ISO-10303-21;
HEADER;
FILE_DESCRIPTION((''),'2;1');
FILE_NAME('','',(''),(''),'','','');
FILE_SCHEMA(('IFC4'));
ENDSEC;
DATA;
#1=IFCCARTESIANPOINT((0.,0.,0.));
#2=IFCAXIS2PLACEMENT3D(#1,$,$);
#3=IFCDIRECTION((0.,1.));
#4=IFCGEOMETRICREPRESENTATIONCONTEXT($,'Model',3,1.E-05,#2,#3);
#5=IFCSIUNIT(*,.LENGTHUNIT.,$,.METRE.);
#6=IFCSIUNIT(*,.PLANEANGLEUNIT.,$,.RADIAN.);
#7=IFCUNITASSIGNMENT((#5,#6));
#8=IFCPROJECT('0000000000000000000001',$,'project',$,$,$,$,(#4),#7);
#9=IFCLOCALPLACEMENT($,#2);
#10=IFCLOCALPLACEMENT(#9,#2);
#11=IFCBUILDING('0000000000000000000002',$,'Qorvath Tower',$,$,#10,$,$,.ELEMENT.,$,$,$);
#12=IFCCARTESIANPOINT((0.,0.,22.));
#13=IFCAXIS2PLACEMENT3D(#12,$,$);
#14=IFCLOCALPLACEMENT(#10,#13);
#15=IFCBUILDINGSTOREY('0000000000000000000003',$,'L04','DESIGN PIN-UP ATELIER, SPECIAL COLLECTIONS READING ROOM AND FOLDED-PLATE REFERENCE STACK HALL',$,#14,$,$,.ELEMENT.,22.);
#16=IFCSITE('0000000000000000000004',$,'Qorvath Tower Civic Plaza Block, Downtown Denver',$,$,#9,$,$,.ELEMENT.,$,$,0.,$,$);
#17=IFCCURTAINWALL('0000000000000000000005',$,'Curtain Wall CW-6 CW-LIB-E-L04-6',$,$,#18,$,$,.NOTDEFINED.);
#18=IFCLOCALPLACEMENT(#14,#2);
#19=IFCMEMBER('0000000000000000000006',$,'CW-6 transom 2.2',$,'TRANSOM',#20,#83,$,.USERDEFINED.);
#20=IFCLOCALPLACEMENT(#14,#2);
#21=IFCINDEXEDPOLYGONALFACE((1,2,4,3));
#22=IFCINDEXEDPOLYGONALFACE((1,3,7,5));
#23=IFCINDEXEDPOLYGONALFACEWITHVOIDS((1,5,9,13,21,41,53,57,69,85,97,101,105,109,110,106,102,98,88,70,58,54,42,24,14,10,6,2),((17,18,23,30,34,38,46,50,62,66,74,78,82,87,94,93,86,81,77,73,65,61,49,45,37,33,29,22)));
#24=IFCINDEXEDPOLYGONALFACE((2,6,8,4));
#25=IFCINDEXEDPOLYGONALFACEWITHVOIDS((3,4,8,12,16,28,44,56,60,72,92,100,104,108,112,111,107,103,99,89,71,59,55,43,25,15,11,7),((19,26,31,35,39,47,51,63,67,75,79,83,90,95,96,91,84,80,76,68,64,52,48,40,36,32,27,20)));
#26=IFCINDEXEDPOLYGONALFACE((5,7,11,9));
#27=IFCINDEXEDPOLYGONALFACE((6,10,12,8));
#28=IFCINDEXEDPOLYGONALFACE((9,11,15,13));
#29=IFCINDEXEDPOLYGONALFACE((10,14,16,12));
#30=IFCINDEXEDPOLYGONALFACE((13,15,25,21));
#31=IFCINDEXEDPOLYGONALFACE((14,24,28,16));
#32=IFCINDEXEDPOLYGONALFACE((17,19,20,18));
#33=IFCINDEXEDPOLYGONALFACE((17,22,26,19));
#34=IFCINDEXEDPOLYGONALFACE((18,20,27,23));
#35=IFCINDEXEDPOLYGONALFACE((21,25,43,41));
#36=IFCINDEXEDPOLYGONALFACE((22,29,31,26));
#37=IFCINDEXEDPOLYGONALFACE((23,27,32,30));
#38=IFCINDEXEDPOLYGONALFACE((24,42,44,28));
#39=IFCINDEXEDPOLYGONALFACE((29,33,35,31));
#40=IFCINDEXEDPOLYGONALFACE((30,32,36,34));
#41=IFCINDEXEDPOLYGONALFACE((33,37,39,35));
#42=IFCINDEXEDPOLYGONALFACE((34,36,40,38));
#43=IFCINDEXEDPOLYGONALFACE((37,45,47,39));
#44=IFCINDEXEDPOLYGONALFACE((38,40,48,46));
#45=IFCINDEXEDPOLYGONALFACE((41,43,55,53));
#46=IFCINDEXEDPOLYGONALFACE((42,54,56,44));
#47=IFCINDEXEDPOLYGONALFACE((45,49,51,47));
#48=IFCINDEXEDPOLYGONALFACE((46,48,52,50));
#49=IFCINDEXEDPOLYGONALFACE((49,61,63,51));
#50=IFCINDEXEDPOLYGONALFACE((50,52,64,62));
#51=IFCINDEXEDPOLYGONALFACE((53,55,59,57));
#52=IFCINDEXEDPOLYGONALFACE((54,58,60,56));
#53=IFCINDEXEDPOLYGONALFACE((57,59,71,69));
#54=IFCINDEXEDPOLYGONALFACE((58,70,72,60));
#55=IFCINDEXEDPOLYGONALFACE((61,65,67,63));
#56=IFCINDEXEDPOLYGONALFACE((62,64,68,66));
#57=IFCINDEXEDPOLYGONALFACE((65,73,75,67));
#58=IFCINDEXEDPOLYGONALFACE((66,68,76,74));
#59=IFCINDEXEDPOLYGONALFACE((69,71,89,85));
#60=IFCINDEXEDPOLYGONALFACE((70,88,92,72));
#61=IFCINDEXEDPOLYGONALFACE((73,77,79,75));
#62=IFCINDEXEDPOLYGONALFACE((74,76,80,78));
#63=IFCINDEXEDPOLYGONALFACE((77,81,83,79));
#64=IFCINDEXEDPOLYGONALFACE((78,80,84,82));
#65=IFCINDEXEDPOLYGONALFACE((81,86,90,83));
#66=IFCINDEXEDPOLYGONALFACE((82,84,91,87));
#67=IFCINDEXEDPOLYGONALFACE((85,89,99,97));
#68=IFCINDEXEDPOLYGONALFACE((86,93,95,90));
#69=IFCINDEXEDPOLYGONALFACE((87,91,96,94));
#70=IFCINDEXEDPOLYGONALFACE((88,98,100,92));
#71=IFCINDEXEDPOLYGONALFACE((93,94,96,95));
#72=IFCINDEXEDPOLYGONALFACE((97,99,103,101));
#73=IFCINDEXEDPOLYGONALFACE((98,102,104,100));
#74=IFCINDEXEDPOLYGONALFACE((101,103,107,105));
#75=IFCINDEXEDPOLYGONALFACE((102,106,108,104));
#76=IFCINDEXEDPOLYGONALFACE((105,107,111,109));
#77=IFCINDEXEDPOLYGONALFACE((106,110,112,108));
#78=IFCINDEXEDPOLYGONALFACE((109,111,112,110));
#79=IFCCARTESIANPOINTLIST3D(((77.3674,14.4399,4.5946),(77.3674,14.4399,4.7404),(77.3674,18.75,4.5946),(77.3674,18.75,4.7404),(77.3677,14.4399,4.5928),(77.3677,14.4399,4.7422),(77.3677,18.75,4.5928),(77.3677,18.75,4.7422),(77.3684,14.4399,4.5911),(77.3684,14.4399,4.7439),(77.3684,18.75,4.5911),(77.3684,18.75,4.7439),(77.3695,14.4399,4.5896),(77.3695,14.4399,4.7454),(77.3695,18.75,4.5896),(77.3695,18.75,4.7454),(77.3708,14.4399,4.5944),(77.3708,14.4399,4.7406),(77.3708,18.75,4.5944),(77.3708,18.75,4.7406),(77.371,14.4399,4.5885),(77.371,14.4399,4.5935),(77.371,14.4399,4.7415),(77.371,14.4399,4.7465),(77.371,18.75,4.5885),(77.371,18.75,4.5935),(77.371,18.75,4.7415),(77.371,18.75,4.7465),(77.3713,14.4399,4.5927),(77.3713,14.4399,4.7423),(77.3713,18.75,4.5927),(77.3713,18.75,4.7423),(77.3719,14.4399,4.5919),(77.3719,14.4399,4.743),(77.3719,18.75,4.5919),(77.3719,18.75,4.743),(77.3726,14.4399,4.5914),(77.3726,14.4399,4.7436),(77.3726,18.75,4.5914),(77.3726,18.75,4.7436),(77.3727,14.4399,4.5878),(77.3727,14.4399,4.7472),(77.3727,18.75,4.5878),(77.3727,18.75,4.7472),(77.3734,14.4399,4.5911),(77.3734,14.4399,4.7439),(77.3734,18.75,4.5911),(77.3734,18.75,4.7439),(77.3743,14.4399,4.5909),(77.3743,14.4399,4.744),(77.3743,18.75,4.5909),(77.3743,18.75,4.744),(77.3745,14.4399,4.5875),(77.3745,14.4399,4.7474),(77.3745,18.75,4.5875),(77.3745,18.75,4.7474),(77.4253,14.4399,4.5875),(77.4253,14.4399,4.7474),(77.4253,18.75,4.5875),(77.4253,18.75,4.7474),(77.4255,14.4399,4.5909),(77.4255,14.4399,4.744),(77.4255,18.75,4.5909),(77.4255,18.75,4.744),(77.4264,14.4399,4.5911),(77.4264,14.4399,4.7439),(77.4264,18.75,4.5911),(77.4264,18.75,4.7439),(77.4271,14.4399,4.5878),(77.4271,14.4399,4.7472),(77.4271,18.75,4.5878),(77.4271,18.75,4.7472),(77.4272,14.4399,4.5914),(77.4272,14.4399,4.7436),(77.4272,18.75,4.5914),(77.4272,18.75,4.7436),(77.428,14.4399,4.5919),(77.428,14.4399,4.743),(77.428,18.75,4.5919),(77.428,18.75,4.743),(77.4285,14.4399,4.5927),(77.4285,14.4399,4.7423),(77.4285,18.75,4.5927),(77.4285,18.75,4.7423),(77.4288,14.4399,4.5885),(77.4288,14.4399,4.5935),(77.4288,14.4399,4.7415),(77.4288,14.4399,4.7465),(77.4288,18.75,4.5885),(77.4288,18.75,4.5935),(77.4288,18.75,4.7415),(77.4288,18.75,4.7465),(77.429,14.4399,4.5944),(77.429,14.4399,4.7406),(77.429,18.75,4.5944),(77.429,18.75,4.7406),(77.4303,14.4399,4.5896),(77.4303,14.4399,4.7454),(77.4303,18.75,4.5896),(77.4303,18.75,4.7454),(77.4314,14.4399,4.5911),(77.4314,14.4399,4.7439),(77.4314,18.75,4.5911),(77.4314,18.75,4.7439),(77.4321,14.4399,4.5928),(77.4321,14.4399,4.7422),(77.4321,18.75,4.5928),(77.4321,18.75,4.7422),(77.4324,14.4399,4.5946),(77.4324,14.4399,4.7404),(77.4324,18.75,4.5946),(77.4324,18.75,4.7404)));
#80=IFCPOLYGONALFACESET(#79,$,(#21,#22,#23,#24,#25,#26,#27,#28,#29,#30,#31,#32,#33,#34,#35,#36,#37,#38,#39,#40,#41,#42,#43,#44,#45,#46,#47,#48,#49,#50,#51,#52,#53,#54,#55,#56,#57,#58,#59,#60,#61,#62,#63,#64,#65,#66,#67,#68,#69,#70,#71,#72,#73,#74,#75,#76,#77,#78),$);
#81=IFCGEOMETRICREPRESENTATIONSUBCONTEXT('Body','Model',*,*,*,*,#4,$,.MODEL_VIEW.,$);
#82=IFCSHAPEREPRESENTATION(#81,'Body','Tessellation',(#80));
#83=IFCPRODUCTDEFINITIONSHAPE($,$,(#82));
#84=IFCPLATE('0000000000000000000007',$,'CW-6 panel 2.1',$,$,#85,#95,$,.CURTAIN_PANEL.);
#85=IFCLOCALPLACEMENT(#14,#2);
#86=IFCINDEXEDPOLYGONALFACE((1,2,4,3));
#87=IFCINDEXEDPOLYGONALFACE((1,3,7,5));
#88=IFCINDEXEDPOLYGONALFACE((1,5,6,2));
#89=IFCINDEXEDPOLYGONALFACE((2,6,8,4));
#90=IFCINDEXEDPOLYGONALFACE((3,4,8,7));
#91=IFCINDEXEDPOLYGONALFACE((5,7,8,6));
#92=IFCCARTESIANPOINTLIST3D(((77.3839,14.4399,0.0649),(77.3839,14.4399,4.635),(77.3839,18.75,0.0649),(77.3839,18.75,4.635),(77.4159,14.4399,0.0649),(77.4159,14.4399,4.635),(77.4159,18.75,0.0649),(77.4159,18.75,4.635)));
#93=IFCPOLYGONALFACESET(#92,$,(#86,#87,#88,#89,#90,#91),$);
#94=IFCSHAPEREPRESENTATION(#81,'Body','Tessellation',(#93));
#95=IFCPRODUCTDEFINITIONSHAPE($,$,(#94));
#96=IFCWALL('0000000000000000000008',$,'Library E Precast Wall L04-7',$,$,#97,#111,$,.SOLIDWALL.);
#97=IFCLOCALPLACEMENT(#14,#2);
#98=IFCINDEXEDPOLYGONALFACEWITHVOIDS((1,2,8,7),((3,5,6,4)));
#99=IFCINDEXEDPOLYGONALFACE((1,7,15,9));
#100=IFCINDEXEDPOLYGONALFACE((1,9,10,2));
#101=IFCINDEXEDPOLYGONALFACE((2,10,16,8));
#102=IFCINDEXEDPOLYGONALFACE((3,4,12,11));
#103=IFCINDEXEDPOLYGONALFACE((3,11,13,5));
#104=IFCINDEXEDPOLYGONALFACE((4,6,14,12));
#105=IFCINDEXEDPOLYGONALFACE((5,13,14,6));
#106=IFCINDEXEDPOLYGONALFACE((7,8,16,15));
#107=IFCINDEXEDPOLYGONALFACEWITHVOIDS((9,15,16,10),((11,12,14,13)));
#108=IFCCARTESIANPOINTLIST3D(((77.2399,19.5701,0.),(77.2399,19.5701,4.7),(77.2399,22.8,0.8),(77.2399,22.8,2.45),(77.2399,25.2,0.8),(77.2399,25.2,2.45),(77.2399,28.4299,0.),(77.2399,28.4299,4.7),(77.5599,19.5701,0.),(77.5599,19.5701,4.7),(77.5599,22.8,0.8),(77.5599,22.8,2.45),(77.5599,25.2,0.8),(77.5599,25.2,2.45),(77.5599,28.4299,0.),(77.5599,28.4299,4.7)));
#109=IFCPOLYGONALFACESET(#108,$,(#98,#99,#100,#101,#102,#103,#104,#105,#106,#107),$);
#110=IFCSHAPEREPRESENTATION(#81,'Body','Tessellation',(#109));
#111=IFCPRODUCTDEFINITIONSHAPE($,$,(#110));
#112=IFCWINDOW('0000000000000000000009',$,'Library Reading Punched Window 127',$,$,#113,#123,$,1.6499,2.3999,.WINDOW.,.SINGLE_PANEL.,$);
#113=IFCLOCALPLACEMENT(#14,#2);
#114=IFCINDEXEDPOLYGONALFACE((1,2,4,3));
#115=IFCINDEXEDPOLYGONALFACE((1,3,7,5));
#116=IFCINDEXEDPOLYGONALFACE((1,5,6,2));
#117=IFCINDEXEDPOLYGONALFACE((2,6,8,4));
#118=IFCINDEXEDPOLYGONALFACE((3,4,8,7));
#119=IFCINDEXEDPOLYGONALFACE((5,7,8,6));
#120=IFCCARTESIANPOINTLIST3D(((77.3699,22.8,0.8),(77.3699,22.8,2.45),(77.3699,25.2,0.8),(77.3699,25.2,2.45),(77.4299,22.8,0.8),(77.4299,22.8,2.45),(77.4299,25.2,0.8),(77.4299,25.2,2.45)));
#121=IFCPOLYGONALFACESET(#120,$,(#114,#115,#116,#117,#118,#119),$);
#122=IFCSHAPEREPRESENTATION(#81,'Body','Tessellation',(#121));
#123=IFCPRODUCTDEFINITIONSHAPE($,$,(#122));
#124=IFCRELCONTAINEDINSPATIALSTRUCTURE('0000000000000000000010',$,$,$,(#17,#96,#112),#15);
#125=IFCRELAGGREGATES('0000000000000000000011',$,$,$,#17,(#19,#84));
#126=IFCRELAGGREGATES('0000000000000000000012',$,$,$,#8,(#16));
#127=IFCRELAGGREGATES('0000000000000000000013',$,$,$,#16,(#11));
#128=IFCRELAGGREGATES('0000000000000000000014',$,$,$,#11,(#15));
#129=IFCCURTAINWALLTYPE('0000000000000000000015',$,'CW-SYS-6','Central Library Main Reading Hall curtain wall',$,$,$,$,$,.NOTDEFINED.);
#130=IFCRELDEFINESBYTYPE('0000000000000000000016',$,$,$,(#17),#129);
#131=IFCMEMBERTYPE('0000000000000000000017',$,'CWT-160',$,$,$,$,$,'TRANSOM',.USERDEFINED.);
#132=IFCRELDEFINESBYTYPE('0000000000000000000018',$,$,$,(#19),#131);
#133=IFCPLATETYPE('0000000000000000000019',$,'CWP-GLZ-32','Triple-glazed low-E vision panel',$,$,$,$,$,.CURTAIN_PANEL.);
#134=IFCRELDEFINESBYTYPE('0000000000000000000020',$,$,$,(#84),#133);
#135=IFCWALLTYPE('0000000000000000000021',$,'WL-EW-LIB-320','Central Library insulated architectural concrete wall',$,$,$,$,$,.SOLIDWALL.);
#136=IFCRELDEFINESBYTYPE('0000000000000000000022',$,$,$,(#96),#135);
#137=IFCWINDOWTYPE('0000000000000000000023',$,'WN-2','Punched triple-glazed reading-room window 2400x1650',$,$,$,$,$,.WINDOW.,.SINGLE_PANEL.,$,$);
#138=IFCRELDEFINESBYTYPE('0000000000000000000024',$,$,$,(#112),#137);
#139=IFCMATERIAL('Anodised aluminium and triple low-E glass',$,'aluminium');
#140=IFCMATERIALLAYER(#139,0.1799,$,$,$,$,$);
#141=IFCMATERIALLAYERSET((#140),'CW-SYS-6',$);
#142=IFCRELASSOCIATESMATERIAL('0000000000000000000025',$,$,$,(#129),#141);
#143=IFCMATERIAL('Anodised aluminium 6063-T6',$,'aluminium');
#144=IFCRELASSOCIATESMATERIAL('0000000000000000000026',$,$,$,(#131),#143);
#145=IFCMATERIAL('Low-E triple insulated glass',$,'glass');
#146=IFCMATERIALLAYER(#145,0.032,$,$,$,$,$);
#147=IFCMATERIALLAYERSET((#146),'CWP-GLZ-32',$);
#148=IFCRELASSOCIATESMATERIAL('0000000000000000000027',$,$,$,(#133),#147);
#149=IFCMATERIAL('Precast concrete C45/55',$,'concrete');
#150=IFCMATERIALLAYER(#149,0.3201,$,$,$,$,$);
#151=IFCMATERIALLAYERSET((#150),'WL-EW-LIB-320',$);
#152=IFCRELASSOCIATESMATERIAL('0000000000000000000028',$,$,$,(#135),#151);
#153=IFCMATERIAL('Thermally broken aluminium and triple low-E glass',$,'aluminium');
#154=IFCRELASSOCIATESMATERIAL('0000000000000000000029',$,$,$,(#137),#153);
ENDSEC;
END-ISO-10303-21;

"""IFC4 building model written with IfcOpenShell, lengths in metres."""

from ifc_helpers import new_model, si_unit, direction, frame, frame_2d, origin, origin_2d, place, context, subcontext, project, spatial, rectangle, hollow_rectangle, extrude, material, layer, layer_set, material_profile, profile_set, type_object, element, fill, aggregate, save


model = new_model("IFC4")

# Units and contexts
model_context = context("Model", 3, precision=1e-05, world=origin(), true_north=direction((0.0, 1.0)))
body_context = subcontext(model_context, "Body", "Model", "MODEL_VIEW")
ifc_project = project(units=[si_unit("LENGTHUNIT", "METRE"), si_unit("PLANEANGLEUNIT", "RADIAN")], contexts=[model_context])

# Site, building, storey
site_placement = place(None, origin())
site = spatial("IfcSite", under=ifc_project, at=site_placement, Name="Qorvath Tower Civic Plaza Block, Downtown Denver", CompositionType="ELEMENT", RefElevation=0.0)
building_placement = place(site_placement, origin())
building = spatial("IfcBuilding", under=site, at=building_placement, Name="Qorvath Tower", CompositionType="ELEMENT")
storey_placement = place(building_placement, frame((0.0, 0.0, 22.0)))
storey = spatial("IfcBuildingStorey", under=building, at=storey_placement, Name="L04", Description="DESIGN PIN-UP ATELIER, SPECIAL COLLECTIONS READING ROOM AND FOLDED-PLATE REFERENCE STACK HALL", CompositionType="ELEMENT", Elevation=22.0)

# Curtain wall, member, plate
ifc_material_1 = material(Name="Anodised aluminium and triple low-E glass", Category="aluminium")
ifc_layer_1 = layer(ifc_material_1, 0.1799)
ifc_layer_set_1 = layer_set([ifc_layer_1], Name="CW-SYS-6")
curtain_wall_type = type_object("IfcCurtainWallType", Name="CW-SYS-6", Description="Central Library Main Reading Hall curtain wall", PredefinedType="NOTDEFINED", material=ifc_layer_set_1)
curtain_wall_placement = place(storey_placement, origin())
curtain_wall = element("IfcCurtainWall", 1, at=curtain_wall_placement, inside=storey, type_object=curtain_wall_type, Name="Curtain Wall CW-6 CW-LIB-E-L04-6", PredefinedType="NOTDEFINED")
ifc_material_2 = material(Name="Anodised aluminium 6063-T6", Category="aluminium")
ifc_material_profile_1 = material_profile(ifc_material_2, hollow_rectangle(XDim=0.0649, YDim=0.1599, WallThickness=0.0034, InnerFilletRadius=0.0034, OuterFilletRadius=0.0071, at=origin_2d()), Name="CWT 160x65")
ifc_profile_set_1 = profile_set([ifc_material_profile_1], Name="Anodised aluminium 6063-T6")
member_type_1 = type_object("IfcMemberType", Name="CWT-160", ElementType="TRANSOM", PredefinedType="USERDEFINED", material=ifc_profile_set_1)
member_1_placement = place(storey_placement, frame((77.3999, 14.4399, 4.6675), z_axis=(0.0, 1.0, 0.0), x_axis=(-1.0, 0.0, 0.0)))
member_1 = element("IfcMember", 2, at=member_1_placement, type_object=member_type_1, Name="CW-6 transom 2.2", ObjectType="TRANSOM", PredefinedType="USERDEFINED", context=body_context, shape_type="SweptSolid", body=[
    extrude(hollow_rectangle(XDim=0.0649, YDim=0.1599, WallThickness=0.0034, InnerFilletRadius=0.0034, OuterFilletRadius=0.0071, at=origin_2d()), origin(), (0.0, 0.0, 1.0), 4.3101),
])
ifc_material_3 = material(Name="Low-E triple insulated glass", Category="glass")
ifc_layer_2 = layer(ifc_material_3, 0.032)
ifc_layer_set_2 = layer_set([ifc_layer_2], Name="CWP-GLZ-32")
plate_type = type_object("IfcPlateType", Name="CWP-GLZ-32", Description="Triple-glazed low-E vision panel", PredefinedType="CURTAIN_PANEL", material=ifc_layer_set_2)
plate_placement = place(storey_placement, frame((77.3999, 16.595, 0.0649), z_axis=(0.0, 0.0, 1.0), x_axis=(0.0, 1.0, 0.0)))
plate = element("IfcPlate", 3, at=plate_placement, type_object=plate_type, Name="CW-6 panel 2.1", PredefinedType="CURTAIN_PANEL", context=body_context, shape_type="SweptSolid", body=[
    extrude(rectangle(XDim=4.3101, YDim=0.032, at=origin_2d()), origin(), (0.0, 0.0, 1.0), 4.5701),
])
aggregate(curtain_wall, [member_1, plate])

# Wall, opening, window
ifc_material_4 = material(Name="Precast concrete C45/55", Category="concrete")
ifc_layer_3 = layer(ifc_material_4, 0.3201)
ifc_layer_set_3 = layer_set([ifc_layer_3], Name="WL-EW-LIB-320")
wall_type = type_object("IfcWallType", Name="WL-EW-LIB-320", Description="Central Library insulated architectural concrete wall", PredefinedType="SOLIDWALL", material=ifc_layer_set_3)
wall_placement = place(storey_placement, frame((77.3999, 28.4299, 0.0), z_axis=(0.0, 0.0, 1.0), x_axis=(0.0, -1.0, 0.0)))
wall = element("IfcWall", 4, at=wall_placement, inside=storey, type_object=wall_type, Name="Library E Precast Wall L04-7", PredefinedType="SOLIDWALL", context=body_context, shape_type="SweptSolid", body=[
    extrude(rectangle(XDim=8.8599, YDim=0.3201, at=frame_2d((4.4299, 0.0))), origin(), (0.0, 0.0, 1.0), 4.7),
])
opening_placement = place(wall_placement, frame((3.23, 0.0, 0.8)))
opening = element("IfcOpeningElement", 5, at=opening_placement, cuts=wall, PredefinedType="OPENING", context=body_context, shape_type="SweptSolid", body=[
    extrude(rectangle(XDim=2.3999, YDim=1.6499, at=frame_2d((1.2, 0.825))), frame((0.0, 0.1699, 0.0), z_axis=(0.0, -1.0, 0.0), x_axis=(1.0, 0.0, 0.0)), (0.0, 0.0, 1.0), 0.3401),
])
ifc_material_5 = material(Name="Thermally broken aluminium and triple low-E glass", Category="aluminium")
window_type = type_object("IfcWindowType", Name="WN-2", Description="Punched triple-glazed reading-room window 2400x1650", PartitioningType="SINGLE_PANEL", PredefinedType="WINDOW", material=ifc_material_5)
window_placement = place(opening_placement, origin())
window = element("IfcWindow", 6, at=window_placement, inside=storey, type_object=window_type, Name="Library Reading Punched Window 127", OverallHeight=1.6499, OverallWidth=2.3999, PartitioningType="SINGLE_PANEL", PredefinedType="WINDOW", context=body_context, shape_type="SweptSolid", body=[
    extrude(rectangle(XDim=2.3999, YDim=1.6499, at=frame_2d((1.2, 0.825))), frame((0.0, 0.03, 0.0), z_axis=(0.0, -1.0, 0.0), x_axis=(1.0, 0.0, 0.0)), (0.0, 0.0, 1.0), 0.0601),
])
fill(opening, window)

save(model, "model.ifc")
